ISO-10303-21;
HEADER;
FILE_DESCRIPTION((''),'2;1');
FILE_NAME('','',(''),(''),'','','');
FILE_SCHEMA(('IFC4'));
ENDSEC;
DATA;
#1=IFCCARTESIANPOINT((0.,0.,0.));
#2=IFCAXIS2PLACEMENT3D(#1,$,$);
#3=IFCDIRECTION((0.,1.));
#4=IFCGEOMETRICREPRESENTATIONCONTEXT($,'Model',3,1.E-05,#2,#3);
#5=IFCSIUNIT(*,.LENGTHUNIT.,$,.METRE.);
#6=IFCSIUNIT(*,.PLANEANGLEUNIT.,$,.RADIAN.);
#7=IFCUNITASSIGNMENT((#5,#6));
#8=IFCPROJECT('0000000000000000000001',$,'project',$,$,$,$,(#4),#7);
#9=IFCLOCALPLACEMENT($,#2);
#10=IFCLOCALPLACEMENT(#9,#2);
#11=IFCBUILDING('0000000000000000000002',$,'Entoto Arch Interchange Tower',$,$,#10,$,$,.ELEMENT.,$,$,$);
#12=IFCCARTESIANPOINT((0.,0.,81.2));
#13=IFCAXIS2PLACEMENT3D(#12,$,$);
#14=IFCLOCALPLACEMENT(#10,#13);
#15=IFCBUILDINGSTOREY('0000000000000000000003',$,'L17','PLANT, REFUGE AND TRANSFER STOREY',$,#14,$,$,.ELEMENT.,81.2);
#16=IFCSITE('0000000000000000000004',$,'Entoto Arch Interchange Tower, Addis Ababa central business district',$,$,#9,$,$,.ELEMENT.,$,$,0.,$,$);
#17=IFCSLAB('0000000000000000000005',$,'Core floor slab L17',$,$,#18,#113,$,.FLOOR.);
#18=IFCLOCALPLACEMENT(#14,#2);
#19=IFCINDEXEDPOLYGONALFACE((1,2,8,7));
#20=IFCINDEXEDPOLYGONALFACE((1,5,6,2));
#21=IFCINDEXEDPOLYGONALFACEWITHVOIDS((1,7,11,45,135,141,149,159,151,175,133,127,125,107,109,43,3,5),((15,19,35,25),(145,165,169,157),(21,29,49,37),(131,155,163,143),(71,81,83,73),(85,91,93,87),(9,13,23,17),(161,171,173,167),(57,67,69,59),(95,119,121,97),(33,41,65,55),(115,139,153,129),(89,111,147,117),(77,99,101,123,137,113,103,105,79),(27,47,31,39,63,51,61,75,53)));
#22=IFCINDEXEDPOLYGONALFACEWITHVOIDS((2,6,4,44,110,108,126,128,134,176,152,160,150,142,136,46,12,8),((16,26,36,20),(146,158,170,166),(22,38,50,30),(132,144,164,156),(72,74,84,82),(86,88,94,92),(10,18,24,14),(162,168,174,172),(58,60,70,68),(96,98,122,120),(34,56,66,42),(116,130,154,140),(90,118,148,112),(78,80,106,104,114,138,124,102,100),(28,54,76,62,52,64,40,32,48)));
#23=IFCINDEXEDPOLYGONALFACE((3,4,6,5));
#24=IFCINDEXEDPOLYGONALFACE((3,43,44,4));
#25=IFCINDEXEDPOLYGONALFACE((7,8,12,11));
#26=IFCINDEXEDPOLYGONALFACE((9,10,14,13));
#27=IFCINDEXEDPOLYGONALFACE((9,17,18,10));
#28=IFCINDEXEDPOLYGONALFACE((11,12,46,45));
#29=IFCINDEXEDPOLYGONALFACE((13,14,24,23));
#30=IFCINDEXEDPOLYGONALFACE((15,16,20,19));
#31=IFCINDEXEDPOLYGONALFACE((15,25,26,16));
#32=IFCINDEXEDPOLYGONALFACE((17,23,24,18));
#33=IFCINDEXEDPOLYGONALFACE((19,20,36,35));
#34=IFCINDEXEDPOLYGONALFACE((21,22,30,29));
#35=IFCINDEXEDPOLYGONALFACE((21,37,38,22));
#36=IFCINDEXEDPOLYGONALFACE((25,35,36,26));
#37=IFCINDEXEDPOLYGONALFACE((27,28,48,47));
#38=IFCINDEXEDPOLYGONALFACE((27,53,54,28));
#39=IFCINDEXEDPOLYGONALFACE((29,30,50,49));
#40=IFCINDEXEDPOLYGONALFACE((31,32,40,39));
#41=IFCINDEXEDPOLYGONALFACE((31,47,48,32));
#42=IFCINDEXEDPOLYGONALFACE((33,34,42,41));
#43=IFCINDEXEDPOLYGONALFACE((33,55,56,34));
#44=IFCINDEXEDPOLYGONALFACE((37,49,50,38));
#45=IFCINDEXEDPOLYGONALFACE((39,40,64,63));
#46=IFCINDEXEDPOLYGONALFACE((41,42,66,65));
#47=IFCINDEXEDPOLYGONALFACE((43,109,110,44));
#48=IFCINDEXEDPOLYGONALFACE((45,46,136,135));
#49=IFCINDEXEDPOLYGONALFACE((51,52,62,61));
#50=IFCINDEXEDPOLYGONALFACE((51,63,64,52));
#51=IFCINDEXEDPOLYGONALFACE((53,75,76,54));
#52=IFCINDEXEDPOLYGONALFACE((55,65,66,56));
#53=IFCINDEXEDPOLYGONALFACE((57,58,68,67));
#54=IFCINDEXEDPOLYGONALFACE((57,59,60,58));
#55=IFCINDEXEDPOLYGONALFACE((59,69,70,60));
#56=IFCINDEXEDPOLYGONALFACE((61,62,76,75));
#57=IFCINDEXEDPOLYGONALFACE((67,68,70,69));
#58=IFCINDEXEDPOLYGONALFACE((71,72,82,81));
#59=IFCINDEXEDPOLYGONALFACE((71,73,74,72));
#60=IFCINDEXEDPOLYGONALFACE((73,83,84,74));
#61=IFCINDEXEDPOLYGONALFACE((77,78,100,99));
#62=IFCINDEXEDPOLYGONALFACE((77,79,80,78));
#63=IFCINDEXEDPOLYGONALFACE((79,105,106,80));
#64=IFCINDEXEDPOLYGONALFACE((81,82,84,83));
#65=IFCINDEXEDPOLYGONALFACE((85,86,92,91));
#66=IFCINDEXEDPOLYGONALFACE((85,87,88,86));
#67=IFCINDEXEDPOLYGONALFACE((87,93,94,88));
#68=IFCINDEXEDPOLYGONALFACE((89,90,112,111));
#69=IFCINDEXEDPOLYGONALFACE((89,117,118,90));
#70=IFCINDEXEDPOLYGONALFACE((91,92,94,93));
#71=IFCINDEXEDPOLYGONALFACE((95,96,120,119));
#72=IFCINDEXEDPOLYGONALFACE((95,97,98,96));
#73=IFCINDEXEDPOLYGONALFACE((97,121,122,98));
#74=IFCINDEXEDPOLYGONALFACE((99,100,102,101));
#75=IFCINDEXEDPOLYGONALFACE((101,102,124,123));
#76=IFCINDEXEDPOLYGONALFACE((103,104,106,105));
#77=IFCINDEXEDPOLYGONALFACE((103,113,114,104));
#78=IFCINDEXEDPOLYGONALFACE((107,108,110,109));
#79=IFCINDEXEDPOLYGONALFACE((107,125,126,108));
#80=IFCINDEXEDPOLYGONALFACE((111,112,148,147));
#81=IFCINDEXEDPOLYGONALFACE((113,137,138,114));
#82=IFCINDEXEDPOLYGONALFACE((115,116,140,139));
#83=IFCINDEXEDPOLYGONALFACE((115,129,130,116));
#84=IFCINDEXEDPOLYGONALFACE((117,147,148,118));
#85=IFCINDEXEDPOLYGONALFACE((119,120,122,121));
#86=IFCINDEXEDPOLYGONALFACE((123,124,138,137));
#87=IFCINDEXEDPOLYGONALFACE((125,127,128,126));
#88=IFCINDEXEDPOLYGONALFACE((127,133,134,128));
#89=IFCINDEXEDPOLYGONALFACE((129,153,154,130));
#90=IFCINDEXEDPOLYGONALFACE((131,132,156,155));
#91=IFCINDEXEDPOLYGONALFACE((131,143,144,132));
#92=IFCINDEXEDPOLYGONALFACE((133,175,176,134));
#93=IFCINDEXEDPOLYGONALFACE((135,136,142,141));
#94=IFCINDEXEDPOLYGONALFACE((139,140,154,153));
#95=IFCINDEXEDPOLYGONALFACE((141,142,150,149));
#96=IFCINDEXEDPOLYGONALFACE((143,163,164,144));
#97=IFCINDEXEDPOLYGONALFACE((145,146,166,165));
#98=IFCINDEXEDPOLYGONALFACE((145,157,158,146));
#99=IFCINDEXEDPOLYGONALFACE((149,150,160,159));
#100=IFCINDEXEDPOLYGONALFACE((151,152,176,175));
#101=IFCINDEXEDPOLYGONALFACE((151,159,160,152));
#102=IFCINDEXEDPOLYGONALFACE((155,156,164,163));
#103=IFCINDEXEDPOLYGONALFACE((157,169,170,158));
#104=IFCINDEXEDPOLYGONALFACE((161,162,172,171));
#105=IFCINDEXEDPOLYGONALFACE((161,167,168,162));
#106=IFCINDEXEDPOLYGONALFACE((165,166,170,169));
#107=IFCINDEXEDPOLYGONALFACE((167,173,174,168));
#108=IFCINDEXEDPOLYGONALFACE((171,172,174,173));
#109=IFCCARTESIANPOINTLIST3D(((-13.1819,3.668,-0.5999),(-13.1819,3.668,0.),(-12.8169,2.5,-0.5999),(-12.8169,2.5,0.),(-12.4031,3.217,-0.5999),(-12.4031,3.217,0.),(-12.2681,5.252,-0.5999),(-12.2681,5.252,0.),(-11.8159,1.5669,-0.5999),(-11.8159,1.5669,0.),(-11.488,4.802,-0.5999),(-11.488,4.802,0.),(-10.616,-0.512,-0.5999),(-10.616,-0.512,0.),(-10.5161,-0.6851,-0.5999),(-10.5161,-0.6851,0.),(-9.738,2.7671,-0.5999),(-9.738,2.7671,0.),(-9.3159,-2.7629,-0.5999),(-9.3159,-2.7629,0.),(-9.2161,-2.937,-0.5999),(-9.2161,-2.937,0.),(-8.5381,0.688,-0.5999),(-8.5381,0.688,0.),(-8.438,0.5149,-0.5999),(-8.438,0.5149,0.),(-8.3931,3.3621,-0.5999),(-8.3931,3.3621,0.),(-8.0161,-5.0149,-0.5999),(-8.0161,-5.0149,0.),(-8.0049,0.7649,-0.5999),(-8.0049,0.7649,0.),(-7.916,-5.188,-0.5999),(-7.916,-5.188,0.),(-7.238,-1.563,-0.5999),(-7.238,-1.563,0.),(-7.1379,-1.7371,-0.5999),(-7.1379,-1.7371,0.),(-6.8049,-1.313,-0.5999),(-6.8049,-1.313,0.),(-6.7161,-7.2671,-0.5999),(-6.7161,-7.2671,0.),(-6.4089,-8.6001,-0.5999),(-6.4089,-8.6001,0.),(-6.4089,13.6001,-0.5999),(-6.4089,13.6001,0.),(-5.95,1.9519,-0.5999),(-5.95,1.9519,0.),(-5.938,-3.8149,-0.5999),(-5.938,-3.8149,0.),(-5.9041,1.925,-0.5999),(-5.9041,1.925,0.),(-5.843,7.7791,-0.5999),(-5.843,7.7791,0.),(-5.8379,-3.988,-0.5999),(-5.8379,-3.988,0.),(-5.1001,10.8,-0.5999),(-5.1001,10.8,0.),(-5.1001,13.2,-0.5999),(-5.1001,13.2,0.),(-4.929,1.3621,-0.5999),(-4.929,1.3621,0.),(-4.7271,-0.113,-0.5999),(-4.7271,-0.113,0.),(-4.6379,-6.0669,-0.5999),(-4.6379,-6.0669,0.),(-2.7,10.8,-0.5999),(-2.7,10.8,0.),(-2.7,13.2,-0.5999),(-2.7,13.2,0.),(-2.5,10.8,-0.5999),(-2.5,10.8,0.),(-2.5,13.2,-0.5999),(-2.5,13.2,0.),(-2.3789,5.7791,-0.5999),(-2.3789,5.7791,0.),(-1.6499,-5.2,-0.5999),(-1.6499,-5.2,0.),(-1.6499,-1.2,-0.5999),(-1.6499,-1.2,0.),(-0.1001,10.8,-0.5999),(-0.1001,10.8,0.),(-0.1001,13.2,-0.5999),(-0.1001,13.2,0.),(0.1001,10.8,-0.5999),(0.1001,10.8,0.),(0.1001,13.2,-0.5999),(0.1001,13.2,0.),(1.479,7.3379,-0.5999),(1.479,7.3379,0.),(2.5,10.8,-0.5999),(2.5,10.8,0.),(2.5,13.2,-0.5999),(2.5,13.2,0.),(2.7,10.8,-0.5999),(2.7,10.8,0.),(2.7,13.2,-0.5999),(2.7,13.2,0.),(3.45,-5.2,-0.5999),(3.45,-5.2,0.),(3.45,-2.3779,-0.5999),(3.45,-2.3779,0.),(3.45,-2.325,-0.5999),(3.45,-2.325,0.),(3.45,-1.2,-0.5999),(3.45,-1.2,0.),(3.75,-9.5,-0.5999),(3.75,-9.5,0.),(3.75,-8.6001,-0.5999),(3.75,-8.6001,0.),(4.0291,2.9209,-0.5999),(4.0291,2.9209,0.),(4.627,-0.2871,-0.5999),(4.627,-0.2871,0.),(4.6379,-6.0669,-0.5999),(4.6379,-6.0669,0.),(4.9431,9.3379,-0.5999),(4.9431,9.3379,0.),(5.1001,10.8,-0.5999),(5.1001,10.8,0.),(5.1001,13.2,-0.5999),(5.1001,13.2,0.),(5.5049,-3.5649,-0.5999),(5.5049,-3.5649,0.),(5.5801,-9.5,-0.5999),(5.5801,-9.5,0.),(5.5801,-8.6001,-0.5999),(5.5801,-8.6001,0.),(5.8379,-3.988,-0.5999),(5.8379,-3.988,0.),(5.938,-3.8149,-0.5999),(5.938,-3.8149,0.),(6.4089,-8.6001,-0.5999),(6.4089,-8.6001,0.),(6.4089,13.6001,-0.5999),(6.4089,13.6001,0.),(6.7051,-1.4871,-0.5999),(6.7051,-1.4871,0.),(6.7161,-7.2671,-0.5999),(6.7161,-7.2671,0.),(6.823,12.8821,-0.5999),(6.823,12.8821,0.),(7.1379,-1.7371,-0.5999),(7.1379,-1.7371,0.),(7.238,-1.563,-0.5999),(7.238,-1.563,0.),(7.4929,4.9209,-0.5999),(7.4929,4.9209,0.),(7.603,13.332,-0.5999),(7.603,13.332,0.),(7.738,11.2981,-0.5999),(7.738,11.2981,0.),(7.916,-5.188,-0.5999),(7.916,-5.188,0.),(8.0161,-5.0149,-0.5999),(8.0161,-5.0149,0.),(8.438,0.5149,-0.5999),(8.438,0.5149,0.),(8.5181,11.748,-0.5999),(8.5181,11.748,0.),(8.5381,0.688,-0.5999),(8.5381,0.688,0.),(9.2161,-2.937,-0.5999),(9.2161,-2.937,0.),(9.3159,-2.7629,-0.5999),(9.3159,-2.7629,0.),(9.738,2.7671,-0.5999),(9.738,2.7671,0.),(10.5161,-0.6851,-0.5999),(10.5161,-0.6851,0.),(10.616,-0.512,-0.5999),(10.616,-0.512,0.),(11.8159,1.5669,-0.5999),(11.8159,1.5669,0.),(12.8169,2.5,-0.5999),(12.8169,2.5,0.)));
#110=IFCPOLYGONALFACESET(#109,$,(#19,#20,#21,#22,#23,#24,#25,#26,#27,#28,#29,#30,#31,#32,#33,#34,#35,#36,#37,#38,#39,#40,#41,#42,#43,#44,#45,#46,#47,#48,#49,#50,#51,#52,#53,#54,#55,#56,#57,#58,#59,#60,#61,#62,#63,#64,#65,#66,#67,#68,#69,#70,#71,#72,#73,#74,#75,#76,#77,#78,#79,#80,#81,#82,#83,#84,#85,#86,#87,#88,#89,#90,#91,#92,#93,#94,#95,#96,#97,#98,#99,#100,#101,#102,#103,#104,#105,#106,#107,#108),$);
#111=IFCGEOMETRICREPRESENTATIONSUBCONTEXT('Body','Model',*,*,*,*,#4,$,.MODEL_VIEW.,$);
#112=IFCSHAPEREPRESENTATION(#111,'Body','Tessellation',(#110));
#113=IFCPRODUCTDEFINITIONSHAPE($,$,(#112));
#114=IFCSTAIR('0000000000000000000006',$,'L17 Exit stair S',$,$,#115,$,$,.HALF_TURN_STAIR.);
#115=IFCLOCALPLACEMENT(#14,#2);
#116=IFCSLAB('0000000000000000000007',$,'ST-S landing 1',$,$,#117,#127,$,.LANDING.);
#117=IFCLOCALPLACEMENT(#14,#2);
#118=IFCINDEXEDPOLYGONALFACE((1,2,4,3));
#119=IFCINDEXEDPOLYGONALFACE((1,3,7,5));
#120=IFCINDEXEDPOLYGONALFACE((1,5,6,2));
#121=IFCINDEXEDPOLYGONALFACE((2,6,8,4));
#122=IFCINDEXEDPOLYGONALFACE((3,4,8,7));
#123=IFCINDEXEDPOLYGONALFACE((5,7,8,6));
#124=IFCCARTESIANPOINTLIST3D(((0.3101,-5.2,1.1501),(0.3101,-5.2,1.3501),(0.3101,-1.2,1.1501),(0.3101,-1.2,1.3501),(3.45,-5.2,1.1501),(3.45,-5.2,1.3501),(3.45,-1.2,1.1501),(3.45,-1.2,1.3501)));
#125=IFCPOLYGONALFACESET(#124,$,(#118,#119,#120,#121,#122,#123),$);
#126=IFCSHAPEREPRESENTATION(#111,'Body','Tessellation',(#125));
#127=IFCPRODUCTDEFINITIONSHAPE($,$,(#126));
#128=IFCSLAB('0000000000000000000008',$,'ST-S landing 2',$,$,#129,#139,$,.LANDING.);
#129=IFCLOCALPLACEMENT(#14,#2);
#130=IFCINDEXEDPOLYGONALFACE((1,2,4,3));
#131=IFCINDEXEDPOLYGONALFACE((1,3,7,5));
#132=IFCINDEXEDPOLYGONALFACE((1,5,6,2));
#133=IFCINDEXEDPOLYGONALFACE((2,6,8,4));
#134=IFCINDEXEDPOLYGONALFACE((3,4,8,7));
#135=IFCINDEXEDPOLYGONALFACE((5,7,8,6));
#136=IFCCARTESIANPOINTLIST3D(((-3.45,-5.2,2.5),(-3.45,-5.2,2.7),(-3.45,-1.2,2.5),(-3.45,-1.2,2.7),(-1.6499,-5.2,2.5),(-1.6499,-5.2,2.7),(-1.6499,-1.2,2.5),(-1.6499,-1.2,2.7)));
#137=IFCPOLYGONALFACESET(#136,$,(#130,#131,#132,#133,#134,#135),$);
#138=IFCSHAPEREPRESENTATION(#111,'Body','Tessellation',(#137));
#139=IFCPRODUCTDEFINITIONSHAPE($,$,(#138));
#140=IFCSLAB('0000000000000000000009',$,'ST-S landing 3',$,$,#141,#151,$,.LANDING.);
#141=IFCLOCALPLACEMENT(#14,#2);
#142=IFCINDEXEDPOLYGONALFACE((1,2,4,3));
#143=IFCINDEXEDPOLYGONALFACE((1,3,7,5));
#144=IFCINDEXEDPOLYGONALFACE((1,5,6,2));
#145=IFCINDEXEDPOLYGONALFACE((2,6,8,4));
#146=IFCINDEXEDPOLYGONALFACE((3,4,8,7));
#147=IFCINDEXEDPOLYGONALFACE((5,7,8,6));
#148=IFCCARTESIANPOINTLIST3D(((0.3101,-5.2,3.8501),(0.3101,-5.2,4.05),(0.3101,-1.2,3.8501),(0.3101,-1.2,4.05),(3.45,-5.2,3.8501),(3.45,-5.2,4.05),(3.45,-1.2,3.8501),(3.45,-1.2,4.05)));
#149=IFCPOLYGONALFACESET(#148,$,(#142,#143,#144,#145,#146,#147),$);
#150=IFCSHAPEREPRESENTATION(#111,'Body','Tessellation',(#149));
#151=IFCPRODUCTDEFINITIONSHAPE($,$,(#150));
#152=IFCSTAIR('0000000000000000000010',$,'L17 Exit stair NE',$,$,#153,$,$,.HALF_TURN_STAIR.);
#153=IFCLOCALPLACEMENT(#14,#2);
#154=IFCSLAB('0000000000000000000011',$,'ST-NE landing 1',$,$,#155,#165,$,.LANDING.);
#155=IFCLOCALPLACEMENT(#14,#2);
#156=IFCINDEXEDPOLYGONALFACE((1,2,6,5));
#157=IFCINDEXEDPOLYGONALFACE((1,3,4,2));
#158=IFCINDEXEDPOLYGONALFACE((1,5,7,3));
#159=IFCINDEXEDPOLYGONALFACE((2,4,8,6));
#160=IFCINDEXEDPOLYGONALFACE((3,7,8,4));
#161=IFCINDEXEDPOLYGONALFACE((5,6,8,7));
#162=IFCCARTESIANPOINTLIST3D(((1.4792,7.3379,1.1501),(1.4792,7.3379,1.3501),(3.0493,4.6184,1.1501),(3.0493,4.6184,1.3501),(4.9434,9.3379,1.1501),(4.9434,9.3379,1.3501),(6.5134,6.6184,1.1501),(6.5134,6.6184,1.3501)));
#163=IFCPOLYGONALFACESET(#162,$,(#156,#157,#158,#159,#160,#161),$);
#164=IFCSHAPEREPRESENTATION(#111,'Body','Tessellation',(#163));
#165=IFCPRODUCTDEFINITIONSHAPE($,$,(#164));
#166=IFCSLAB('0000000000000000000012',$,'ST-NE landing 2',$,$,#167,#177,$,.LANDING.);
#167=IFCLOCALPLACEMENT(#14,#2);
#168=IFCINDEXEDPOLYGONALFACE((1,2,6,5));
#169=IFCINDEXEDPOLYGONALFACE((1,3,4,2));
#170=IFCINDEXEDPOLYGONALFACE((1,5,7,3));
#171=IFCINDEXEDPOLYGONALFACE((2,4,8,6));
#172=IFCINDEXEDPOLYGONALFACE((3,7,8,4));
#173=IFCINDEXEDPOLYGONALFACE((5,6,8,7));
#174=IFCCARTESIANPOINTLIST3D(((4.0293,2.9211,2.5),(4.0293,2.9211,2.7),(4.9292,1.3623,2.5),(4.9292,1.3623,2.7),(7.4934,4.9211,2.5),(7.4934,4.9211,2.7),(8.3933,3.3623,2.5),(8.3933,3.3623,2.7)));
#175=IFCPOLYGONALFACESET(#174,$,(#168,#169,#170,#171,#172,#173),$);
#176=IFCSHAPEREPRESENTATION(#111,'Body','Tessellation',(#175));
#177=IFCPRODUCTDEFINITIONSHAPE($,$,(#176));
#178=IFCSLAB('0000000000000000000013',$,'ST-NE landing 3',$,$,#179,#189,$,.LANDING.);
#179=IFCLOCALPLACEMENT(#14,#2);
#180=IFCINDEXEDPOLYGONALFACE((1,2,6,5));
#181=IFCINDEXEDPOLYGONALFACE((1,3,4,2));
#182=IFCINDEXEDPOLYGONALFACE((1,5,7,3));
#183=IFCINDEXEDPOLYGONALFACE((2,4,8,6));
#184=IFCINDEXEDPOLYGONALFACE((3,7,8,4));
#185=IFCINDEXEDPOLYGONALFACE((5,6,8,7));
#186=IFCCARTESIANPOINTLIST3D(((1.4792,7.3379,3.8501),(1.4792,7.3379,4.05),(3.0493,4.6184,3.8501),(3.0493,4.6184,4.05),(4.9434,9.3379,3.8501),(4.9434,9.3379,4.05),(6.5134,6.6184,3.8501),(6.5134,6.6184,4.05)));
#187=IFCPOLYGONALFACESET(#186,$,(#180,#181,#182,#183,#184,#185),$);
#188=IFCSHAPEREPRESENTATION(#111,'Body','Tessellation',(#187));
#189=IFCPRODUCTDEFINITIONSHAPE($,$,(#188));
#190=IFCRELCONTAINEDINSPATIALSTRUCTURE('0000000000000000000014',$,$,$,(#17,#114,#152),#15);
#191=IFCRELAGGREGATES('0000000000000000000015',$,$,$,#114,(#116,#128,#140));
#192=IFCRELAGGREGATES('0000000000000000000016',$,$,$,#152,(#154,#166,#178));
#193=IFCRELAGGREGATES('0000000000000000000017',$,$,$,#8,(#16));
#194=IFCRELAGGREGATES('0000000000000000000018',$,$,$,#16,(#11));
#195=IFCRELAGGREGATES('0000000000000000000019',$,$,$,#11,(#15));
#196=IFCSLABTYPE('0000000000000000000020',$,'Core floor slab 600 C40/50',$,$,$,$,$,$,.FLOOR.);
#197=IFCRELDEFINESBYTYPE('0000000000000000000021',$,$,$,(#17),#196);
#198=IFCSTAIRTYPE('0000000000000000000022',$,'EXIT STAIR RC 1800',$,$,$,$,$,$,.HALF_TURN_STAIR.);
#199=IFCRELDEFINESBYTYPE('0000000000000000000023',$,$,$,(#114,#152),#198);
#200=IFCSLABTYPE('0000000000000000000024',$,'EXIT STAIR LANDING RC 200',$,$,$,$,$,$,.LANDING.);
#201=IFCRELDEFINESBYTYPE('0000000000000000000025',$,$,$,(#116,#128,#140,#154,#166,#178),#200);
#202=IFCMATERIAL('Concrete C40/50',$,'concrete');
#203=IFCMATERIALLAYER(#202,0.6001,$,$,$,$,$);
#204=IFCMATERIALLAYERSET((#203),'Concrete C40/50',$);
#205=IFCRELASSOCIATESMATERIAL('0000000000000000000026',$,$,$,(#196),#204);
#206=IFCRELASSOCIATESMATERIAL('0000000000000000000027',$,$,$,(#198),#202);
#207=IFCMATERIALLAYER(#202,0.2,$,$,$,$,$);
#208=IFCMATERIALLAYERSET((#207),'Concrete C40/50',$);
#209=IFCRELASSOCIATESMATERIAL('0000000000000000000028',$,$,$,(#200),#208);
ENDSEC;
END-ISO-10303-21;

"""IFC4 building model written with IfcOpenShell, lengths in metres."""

from ifc_helpers import new_model, si_unit, direction, frame, origin, place, context, subcontext, project, spatial, polyline, outline, extrude, material, layer, layer_set, type_object, element, aggregate, save


model = new_model("IFC4")

# Units and contexts
model_context = context("Model", 3, precision=1e-05, world=origin(), true_north=direction((0.0, 1.0)))
body_context = subcontext(model_context, "Body", "Model", "MODEL_VIEW")
ifc_project = project(units=[si_unit("LENGTHUNIT", "METRE"), si_unit("PLANEANGLEUNIT", "RADIAN")], contexts=[model_context])

# Site, building, storey
site_placement = place(None, origin())
site = spatial("IfcSite", under=ifc_project, at=site_placement, Name="Entoto Arch Interchange Tower, Addis Ababa central business district", CompositionType="ELEMENT", RefElevation=0.0)
building_placement = place(site_placement, origin())
building = spatial("IfcBuilding", under=site, at=building_placement, Name="Entoto Arch Interchange Tower", CompositionType="ELEMENT")
storey_placement = place(building_placement, frame((0.0, 0.0, 81.2)))
storey = spatial("IfcBuildingStorey", under=building, at=storey_placement, Name="L17", Description="PLANT, REFUGE AND TRANSFER STOREY", CompositionType="ELEMENT", Elevation=81.2)

# Slab
ifc_material_1 = material(Name="Concrete C40/50", Category="concrete")
ifc_layer_1 = layer(ifc_material_1, 0.6001)
ifc_layer_set_1 = layer_set([ifc_layer_1], Name="Concrete C40/50")
slab_type_1 = type_object("IfcSlabType", Name="Core floor slab 600 C40/50", PredefinedType="FLOOR", material=ifc_layer_set_1)
slab_1_placement = place(storey_placement, frame((0.0, 0.0, -0.5999)))
element("IfcSlab", 1, at=slab_1_placement, inside=storey, type_object=slab_type_1, Name="Core floor slab L17", PredefinedType="FLOOR", context=body_context, shape_type="SweptSolid", body=[
    extrude(outline(polyline([(5.5801, -9.5), (3.75, -9.5), (3.75, -8.6001), (-6.4089, -8.6001), (-12.8169, 2.5), (-12.4031, 3.217), (-13.1819, 3.668), (-12.2681, 5.252), (-11.488, 4.802), (-6.4089, 13.6001), (6.4089, 13.6001), (6.823, 12.8821), (7.603, 13.332), (8.5181, 11.748), (7.738, 11.2981), (12.8169, 2.5), (6.4089, -8.6001), (5.5801, -8.6001), (5.5801, -9.5)]), holes=[polyline([(-4.6379, -6.0669), (-5.8379, -3.988), (-7.916, -5.188), (-6.7161, -7.2671), (-4.6379, -6.0669)]), polyline([(-5.938, -3.8149), (-7.1379, -1.7371), (-9.2161, -2.937), (-8.0161, -5.0149), (-5.938, -3.8149)]), polyline([(5.5049, -3.5649), (6.7051, -1.4871), (4.627, -0.2871), (3.45, -2.325), (3.45, -1.2), (-1.6499, -1.2), (-1.6499, -5.2), (3.45, -5.2), (3.45, -2.3779), (5.5049, -3.5649)]), polyline([(-7.238, -1.563), (-8.438, 0.5149), (-10.5161, -0.6851), (-9.3159, -2.7629), (-7.238, -1.563)]), polyline([(-4.7271, -0.113), (-5.9041, 1.925), (-4.929, 1.3621), (-2.3789, 5.7791), (-5.843, 7.7791), (-8.3931, 3.3621), (-5.95, 1.9519), (-8.0049, 0.7649), (-6.8049, -1.313), (-4.7271, -0.113)]), polyline([(-8.5381, 0.688), (-9.738, 2.7671), (-11.8159, 1.5669), (-10.616, -0.512), (-8.5381, 0.688)]), polyline([(-5.1001, 10.8), (-2.7, 10.8), (-2.7, 13.2), (-5.1001, 13.2), (-5.1001, 10.8)]), polyline([(-2.5, 10.8), (-0.1001, 10.8), (-0.1001, 13.2), (-2.5, 13.2), (-2.5, 10.8)]), polyline([(5.8379, -3.988), (4.6379, -6.0669), (6.7161, -7.2671), (7.916, -5.188), (5.8379, -3.988)]), polyline([(7.1379, -1.7371), (5.938, -3.8149), (8.0161, -5.0149), (9.2161, -2.937), (7.1379, -1.7371)]), polyline([(8.438, 0.5149), (7.238, -1.563), (9.3159, -2.7629), (10.5161, -0.6851), (8.438, 0.5149)]), polyline([(9.738, 2.7671), (8.5381, 0.688), (10.616, -0.512), (11.8159, 1.5669), (9.738, 2.7671)]), polyline([(4.0291, 2.9209), (7.4929, 4.9209), (4.9431, 9.3379), (1.479, 7.3379), (4.0291, 2.9209)]), polyline([(0.1001, 13.2), (0.1001, 10.8), (2.5, 10.8), (2.5, 13.2), (0.1001, 13.2)]), polyline([(2.7, 13.2), (2.7, 10.8), (5.1001, 10.8), (5.1001, 13.2), (2.7, 13.2)])]), origin(), (0.0, 0.0, 1.0), 0.5999),
])

# Stairs, slabs
stair_type = type_object("IfcStairType", Name="EXIT STAIR RC 1800", PredefinedType="HALF_TURN_STAIR", material=ifc_material_1)
stair_1_placement = place(storey_placement, origin())
stair_1 = element("IfcStair", 2, at=stair_1_placement, inside=storey, type_object=stair_type, Name="L17 Exit stair S", PredefinedType="HALF_TURN_STAIR")
ifc_layer_2 = layer(ifc_material_1, 0.2)
ifc_layer_set_2 = layer_set([ifc_layer_2], Name="Concrete C40/50")
slab_type_2 = type_object("IfcSlabType", Name="EXIT STAIR LANDING RC 200", PredefinedType="LANDING", material=ifc_layer_set_2)
slab_2_placement = place(storey_placement, frame((0.0, 0.0, 1.1501)))
slab_2 = element("IfcSlab", 3, at=slab_2_placement, type_object=slab_type_2, Name="ST-S landing 1", PredefinedType="LANDING", context=body_context, shape_type="SweptSolid", body=[
    extrude(outline(polyline([(0.3101, -5.2), (3.45, -5.2), (3.45, -1.2), (0.3101, -1.2), (0.3101, -5.2)])), origin(), (0.0, 0.0, 1.0), 0.2),
])
slab_3_placement = place(storey_placement, frame((0.0, 0.0, 2.5)))
slab_3 = element("IfcSlab", 4, at=slab_3_placement, type_object=slab_type_2, Name="ST-S landing 2", PredefinedType="LANDING", context=body_context, shape_type="SweptSolid", body=[
    extrude(outline(polyline([(-3.45, -5.2), (-1.6499, -5.2), (-1.6499, -1.2), (-3.45, -1.2), (-3.45, -5.2)])), origin(), (0.0, 0.0, 1.0), 0.2),
])
slab_4_placement = place(storey_placement, frame((0.0, 0.0, 3.8501)))
slab_4 = element("IfcSlab", 5, at=slab_4_placement, type_object=slab_type_2, Name="ST-S landing 3", PredefinedType="LANDING", context=body_context, shape_type="SweptSolid", body=[
    extrude(outline(polyline([(0.3101, -5.2), (3.45, -5.2), (3.45, -1.2), (0.3101, -1.2), (0.3101, -5.2)])), origin(), (0.0, 0.0, 1.0), 0.2),
])
aggregate(stair_1, [slab_2, slab_3, slab_4])
stair_2_placement = place(storey_placement, origin())
stair_2 = element("IfcStair", 6, at=stair_2_placement, inside=storey, type_object=stair_type, Name="L17 Exit stair NE", PredefinedType="HALF_TURN_STAIR")
slab_5_placement = place(storey_placement, frame((0.0, 0.0, 1.1501)))
slab_5 = element("IfcSlab", 7, at=slab_5_placement, type_object=slab_type_2, Name="ST-NE landing 1", PredefinedType="LANDING", context=body_context, shape_type="SweptSolid", body=[
    extrude(outline(polyline([(6.5134, 6.6184), (4.9434, 9.3379), (1.4792, 7.3379), (3.0493, 4.6184), (6.5134, 6.6184)])), origin(), (0.0, 0.0, 1.0), 0.2),
])
slab_6_placement = place(storey_placement, frame((0.0, 0.0, 2.5)))
slab_6 = element("IfcSlab", 8, at=slab_6_placement, type_object=slab_type_2, Name="ST-NE landing 2", PredefinedType="LANDING", context=body_context, shape_type="SweptSolid", body=[
    extrude(outline(polyline([(8.3933, 3.3623), (7.4934, 4.9211), (4.0293, 2.9211), (4.9292, 1.3623), (8.3933, 3.3623)])), origin(), (0.0, 0.0, 1.0), 0.2),
])
slab_7_placement = place(storey_placement, frame((0.0, 0.0, 3.8501)))
slab_7 = element("IfcSlab", 9, at=slab_7_placement, type_object=slab_type_2, Name="ST-NE landing 3", PredefinedType="LANDING", context=body_context, shape_type="SweptSolid", body=[
    extrude(outline(polyline([(6.5134, 6.6184), (4.9434, 9.3379), (1.4792, 7.3379), (3.0493, 4.6184), (6.5134, 6.6184)])), origin(), (0.0, 0.0, 1.0), 0.2),
])
aggregate(stair_2, [slab_5, slab_6, slab_7])

save(model, "model.ifc")
